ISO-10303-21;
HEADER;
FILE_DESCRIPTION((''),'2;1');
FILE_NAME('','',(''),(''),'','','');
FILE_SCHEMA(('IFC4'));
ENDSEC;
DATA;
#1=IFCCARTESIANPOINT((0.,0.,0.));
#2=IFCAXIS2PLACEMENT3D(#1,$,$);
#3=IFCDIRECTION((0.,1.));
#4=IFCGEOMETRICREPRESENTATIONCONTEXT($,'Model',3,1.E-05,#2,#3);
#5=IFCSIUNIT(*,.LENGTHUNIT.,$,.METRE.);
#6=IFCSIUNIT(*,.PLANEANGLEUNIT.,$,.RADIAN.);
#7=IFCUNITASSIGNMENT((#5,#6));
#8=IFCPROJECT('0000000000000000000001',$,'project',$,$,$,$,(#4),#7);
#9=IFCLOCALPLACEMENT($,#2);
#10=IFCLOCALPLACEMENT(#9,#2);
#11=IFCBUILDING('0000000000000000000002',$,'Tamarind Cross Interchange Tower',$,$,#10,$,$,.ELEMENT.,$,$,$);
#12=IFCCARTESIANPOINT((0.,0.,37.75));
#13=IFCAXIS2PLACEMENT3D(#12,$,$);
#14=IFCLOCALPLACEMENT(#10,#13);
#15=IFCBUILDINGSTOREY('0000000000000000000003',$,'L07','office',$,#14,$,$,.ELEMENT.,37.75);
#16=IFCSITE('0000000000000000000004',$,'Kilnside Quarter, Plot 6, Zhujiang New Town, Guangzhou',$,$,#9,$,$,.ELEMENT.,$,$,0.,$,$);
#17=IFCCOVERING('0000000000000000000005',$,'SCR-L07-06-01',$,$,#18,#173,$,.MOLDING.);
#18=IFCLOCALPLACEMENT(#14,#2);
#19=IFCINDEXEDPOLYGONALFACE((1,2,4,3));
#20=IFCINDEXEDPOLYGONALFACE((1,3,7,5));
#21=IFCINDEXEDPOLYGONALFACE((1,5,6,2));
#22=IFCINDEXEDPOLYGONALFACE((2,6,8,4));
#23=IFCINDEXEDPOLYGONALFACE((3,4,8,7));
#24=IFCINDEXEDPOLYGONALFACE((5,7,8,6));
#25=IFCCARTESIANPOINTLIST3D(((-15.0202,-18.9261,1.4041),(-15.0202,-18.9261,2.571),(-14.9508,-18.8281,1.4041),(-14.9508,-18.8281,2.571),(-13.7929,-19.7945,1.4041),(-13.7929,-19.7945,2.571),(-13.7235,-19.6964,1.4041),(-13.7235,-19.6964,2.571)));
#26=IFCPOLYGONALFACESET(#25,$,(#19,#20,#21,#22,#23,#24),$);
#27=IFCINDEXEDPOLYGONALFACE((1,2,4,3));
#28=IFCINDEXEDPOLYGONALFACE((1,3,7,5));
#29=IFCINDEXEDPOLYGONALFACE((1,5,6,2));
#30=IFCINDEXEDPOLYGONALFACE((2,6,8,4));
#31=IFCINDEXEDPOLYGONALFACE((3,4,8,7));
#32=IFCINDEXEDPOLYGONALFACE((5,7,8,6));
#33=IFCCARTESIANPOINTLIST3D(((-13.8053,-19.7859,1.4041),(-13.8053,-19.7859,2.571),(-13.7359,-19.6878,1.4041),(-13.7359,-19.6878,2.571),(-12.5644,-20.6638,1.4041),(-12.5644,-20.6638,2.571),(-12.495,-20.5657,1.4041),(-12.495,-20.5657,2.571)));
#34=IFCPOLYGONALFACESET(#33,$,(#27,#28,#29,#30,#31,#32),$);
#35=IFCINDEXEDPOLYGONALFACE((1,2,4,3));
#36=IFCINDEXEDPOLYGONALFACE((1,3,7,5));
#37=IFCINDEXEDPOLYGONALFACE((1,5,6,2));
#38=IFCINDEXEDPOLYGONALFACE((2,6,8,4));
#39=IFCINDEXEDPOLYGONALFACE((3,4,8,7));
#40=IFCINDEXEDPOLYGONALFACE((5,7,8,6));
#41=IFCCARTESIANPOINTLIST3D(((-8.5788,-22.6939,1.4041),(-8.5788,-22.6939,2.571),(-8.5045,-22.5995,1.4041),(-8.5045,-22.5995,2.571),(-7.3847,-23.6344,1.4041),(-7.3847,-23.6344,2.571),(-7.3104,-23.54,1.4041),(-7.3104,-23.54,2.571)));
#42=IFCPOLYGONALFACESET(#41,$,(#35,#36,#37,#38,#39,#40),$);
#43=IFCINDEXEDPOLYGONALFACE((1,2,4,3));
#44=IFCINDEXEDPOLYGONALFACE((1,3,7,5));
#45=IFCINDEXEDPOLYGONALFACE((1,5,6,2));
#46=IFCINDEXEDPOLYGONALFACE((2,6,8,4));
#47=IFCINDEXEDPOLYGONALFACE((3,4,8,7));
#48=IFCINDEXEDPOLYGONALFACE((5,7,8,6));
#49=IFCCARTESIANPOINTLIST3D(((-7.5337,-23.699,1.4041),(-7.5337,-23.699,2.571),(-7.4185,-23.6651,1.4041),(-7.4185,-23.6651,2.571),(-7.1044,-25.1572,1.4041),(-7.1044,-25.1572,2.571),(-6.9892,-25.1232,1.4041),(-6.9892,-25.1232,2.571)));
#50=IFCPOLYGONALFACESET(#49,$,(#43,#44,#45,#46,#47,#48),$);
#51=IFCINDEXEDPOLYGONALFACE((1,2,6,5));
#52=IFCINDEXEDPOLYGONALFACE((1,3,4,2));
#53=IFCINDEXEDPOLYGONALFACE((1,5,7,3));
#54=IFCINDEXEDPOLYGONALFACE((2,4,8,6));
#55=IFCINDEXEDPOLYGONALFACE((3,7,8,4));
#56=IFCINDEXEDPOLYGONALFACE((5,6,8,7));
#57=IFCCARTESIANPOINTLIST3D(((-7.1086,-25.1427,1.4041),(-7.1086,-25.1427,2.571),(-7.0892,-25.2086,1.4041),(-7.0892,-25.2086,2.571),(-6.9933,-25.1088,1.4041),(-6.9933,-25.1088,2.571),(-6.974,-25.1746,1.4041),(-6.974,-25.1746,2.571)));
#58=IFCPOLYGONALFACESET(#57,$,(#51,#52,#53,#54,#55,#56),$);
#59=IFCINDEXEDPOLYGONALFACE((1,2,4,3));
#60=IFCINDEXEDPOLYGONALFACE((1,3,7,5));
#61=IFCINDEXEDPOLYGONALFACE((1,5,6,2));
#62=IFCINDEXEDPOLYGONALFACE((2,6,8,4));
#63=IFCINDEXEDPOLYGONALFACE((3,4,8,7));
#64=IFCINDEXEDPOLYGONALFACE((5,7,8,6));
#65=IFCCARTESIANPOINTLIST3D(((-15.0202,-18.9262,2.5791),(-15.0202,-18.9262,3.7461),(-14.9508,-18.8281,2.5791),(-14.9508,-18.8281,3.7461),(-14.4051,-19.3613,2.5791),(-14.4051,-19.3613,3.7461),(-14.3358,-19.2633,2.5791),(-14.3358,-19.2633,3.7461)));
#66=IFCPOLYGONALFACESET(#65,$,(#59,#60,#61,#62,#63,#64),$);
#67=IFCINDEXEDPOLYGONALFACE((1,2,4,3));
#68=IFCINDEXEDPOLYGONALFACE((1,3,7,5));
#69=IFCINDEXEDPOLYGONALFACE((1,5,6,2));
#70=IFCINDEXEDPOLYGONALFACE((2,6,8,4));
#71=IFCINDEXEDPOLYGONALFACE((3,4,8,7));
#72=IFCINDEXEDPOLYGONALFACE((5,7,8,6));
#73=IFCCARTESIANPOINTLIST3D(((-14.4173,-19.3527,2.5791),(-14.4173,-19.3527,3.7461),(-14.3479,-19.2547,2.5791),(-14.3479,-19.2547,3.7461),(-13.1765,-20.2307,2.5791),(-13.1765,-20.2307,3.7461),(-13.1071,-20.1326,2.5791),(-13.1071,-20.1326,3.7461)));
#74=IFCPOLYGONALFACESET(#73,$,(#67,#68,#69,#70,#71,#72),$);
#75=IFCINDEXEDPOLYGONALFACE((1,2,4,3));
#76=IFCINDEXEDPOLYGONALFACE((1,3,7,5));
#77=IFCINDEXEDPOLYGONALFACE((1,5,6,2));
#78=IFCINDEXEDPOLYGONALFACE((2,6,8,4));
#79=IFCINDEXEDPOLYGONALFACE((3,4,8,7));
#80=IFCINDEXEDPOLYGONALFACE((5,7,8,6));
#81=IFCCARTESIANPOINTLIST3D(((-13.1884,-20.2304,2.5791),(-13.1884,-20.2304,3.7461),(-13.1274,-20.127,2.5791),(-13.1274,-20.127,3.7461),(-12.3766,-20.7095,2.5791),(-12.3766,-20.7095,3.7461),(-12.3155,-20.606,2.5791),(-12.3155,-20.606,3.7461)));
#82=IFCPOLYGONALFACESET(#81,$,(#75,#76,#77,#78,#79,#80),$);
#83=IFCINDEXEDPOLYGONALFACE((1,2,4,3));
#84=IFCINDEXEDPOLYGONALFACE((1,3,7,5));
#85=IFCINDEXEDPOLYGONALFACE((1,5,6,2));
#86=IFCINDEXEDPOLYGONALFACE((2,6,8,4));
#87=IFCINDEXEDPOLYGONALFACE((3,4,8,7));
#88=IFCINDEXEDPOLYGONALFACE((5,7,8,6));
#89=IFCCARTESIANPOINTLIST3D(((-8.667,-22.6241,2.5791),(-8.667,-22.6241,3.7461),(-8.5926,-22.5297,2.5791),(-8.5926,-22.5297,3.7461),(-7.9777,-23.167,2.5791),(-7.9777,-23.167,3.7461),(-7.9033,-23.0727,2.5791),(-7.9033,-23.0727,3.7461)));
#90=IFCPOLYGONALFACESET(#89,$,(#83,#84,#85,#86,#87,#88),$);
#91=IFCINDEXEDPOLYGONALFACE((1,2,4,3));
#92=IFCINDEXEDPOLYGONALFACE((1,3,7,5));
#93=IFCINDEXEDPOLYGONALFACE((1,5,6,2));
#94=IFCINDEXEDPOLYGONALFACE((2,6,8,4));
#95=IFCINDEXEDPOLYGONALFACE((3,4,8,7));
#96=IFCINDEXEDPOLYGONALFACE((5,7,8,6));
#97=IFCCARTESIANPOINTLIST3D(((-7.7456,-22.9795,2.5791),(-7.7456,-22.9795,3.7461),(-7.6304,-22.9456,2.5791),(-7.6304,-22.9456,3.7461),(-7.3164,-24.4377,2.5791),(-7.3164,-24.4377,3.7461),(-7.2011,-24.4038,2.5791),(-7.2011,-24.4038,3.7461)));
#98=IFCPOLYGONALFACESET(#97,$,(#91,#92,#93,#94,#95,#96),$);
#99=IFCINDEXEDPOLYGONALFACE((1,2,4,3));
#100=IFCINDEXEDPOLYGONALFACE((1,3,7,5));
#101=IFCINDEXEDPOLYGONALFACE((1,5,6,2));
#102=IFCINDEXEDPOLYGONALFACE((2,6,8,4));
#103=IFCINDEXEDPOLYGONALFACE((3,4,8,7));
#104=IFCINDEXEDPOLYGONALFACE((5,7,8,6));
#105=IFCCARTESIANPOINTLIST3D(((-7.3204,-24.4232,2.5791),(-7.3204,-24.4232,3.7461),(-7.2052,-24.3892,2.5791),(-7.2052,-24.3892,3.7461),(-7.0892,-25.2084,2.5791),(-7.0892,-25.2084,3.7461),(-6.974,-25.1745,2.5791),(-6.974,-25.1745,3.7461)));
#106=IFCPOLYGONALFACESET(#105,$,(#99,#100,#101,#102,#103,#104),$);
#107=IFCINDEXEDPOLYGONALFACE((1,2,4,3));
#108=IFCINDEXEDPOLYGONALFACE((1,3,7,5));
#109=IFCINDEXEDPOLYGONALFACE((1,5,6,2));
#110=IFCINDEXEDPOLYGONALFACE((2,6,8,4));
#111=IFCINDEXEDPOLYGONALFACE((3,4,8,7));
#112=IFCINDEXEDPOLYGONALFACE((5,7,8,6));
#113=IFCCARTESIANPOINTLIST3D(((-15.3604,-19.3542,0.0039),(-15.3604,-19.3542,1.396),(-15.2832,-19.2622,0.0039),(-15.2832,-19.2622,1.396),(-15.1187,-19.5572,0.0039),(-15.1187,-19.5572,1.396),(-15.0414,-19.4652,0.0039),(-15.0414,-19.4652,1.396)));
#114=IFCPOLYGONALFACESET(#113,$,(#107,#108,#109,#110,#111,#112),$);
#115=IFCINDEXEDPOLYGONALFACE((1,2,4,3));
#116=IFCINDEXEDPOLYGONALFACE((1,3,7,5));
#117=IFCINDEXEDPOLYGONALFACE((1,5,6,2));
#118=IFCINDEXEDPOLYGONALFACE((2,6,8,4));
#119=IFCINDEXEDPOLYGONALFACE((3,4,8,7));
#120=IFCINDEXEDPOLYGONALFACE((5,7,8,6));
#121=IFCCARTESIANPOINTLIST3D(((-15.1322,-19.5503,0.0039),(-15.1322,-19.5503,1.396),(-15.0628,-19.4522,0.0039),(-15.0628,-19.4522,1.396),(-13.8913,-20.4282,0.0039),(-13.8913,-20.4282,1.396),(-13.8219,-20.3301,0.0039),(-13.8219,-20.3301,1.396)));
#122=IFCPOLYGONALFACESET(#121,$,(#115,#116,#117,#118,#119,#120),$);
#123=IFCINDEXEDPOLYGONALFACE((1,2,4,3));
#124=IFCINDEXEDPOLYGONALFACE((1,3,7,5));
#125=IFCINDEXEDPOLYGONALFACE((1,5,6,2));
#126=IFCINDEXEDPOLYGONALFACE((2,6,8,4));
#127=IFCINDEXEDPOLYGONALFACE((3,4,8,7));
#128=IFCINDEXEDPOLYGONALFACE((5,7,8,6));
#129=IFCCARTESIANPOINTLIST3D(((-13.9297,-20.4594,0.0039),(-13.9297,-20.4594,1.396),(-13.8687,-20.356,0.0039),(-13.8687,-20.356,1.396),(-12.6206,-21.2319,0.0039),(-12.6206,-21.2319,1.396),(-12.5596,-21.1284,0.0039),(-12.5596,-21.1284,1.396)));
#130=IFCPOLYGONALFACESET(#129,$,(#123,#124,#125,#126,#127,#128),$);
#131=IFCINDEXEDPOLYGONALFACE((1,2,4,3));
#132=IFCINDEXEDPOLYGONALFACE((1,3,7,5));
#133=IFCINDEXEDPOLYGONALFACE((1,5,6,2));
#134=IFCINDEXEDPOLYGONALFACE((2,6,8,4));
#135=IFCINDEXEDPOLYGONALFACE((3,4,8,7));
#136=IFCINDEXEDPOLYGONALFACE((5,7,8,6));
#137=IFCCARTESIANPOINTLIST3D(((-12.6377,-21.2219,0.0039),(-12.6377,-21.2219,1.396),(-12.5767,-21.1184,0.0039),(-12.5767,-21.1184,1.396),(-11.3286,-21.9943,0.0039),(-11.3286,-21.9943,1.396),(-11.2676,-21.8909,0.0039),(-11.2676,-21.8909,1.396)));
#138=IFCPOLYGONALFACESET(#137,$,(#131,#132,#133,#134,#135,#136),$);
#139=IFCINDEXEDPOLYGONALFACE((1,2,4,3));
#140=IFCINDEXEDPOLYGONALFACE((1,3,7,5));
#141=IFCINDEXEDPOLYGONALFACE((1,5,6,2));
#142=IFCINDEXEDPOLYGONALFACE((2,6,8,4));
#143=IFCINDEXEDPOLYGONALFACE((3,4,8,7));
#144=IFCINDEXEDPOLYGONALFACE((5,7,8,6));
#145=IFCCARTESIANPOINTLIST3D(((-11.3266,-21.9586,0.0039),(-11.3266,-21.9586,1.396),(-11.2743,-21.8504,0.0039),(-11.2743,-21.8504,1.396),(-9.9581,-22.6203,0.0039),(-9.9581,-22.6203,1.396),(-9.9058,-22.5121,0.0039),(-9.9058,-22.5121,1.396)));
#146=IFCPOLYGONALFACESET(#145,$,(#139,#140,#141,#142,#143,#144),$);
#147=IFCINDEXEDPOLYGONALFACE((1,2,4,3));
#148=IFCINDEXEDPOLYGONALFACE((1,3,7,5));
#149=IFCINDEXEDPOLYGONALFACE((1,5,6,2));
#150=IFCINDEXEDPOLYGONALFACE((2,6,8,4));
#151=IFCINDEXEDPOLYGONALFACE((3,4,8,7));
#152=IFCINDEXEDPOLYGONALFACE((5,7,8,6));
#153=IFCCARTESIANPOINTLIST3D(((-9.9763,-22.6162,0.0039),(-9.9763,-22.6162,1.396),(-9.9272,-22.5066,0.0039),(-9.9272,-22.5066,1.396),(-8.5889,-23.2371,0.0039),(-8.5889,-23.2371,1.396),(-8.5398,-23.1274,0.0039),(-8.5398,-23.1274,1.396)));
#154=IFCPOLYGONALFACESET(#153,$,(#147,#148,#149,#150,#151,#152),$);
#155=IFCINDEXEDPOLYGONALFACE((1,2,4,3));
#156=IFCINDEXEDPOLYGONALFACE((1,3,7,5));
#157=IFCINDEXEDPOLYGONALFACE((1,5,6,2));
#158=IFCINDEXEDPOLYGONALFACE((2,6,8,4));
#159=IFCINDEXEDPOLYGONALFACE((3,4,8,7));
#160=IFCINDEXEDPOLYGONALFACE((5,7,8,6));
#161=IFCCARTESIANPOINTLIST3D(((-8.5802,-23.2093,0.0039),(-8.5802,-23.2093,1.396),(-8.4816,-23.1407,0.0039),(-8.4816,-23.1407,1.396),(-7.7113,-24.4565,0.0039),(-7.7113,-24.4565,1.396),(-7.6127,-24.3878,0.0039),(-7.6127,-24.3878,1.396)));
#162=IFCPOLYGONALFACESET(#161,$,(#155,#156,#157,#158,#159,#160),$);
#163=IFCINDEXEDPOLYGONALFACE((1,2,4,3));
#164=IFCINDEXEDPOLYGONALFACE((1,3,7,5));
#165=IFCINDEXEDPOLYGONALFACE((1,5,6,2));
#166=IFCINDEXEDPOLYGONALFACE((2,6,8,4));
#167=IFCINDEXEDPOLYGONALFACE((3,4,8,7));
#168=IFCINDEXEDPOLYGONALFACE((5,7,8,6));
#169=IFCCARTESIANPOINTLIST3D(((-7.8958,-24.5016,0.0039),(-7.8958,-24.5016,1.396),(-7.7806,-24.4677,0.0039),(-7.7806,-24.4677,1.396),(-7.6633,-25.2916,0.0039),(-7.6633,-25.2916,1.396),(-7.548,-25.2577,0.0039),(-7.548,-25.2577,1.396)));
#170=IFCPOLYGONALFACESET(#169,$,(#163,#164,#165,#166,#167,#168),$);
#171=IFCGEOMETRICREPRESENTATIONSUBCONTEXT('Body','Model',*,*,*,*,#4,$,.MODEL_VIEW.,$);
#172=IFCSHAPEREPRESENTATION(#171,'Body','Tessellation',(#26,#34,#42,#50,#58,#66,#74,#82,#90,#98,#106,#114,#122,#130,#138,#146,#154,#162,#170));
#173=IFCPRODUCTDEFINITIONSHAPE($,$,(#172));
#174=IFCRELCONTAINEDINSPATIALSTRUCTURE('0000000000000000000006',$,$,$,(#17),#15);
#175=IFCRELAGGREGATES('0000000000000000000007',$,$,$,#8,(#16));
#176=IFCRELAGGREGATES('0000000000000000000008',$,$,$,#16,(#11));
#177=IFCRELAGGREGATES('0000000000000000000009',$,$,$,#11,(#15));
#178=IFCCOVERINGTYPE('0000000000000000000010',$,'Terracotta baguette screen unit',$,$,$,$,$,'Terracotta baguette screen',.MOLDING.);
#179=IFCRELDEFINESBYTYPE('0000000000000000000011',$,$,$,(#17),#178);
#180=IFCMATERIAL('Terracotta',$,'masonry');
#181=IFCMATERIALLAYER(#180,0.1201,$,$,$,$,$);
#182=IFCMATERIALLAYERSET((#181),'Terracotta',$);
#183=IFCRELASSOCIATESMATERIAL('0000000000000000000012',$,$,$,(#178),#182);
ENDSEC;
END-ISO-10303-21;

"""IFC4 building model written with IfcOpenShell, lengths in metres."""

from ifc_helpers import new_model, si_unit, direction, frame, origin, origin_2d, place, context, subcontext, project, spatial, rectangle, extrude, material, layer, layer_set, type_object, element, save


model = new_model("IFC4")

# Units and contexts
model_context = context("Model", 3, precision=1e-05, world=origin(), true_north=direction((0.0, 1.0)))
body_context = subcontext(model_context, "Body", "Model", "MODEL_VIEW")
ifc_project = project(units=[si_unit("LENGTHUNIT", "METRE"), si_unit("PLANEANGLEUNIT", "RADIAN")], contexts=[model_context])

# Site, building, storey
site_placement = place(None, origin())
site = spatial("IfcSite", under=ifc_project, at=site_placement, Name="Kilnside Quarter, Plot 6, Zhujiang New Town, Guangzhou", CompositionType="ELEMENT", RefElevation=0.0)
building_placement = place(site_placement, origin())
building = spatial("IfcBuilding", under=site, at=building_placement, Name="Tamarind Cross Interchange Tower", CompositionType="ELEMENT")
storey_placement = place(building_placement, frame((0.0, 0.0, 37.75)))
storey = spatial("IfcBuildingStorey", under=building, at=storey_placement, Name="L07", Description="office", CompositionType="ELEMENT", Elevation=37.75)

# Covering
ifc_material_1 = material(Name="Terracotta", Category="masonry")
ifc_layer_1 = layer(ifc_material_1, 0.1201)
ifc_layer_set_1 = layer_set([ifc_layer_1], Name="Terracotta")
covering_type = type_object("IfcCoveringType", Name="Terracotta baguette screen unit", ElementType="Terracotta baguette screen", PredefinedType="MOLDING", material=ifc_layer_set_1)
covering_1_placement = place(storey_placement, origin())
element("IfcCovering", 1, at=covering_1_placement, inside=storey, type_object=covering_type, Name="SCR-L07-06-01", PredefinedType="MOLDING", context=body_context, shape_type="SweptSolid", body=[
    extrude(rectangle(XDim=1.5034, YDim=0.1201, at=origin_2d()), frame((-14.3718, -19.3113, 1.4041), z_axis=(0.0, 0.0, 1.0), x_axis=(0.816342, -0.577569, 0.0)), (0.0, 0.0, 1.0), 1.167),
    extrude(rectangle(XDim=1.52, YDim=0.1201, at=origin_2d()), frame((-13.1501, -20.1758, 1.4041), z_axis=(0.0, 0.0, 1.0), x_axis=(0.816342, -0.577569, 0.0)), (0.0, 0.0, 1.0), 1.167),
    extrude(rectangle(XDim=1.52, YDim=0.1201, at=origin_2d()), frame((-7.9446, -23.1169, 1.4041), z_axis=(0.0, 0.0, 1.0), x_axis=(0.78558, -0.61876, 0.0)), (0.0, 0.0, 1.0), 1.167),
    extrude(rectangle(XDim=1.52, YDim=0.1201, at=origin_2d()), frame((-7.2615, -24.4111, 1.4041), z_axis=(0.0, 0.0, 1.0), x_axis=(0.282423, -0.95929, 0.0)), (0.0, 0.0, 1.0), 1.167),
    extrude(rectangle(XDim=0.0686, YDim=0.1201, at=origin_2d()), frame((-7.0413, -25.1587, 1.4041), z_axis=(0.0, 0.0, 1.0), x_axis=(0.282423, -0.95929, 0.0)), (0.0, 0.0, 1.0), 1.167),
    extrude(rectangle(XDim=0.7534, YDim=0.1201, at=origin_2d()), frame((-14.678, -19.0947, 2.5791), z_axis=(0.0, 0.0, 1.0), x_axis=(0.816342, -0.577569, 0.0)), (0.0, 0.0, 1.0), 1.167),
    extrude(rectangle(XDim=1.52, YDim=0.1201, at=origin_2d()), frame((-13.7622, -19.7427, 2.5791), z_axis=(0.0, 0.0, 1.0), x_axis=(0.816342, -0.577569, 0.0)), (0.0, 0.0, 1.0), 1.167),
    extrude(rectangle(XDim=0.9426, YDim=0.1201, at=origin_2d()), frame((-12.752, -20.4182, 2.5791), z_axis=(0.0, 0.0, 1.0), x_axis=(0.861249, -0.508183, 0.0)), (0.0, 0.0, 1.0), 1.167),
    extrude(rectangle(XDim=0.8774, YDim=0.1201, at=origin_2d()), frame((-8.2852, -22.8484, 2.5791), z_axis=(0.0, 0.0, 1.0), x_axis=(0.78558, -0.61876, 0.0)), (0.0, 0.0, 1.0), 1.167),
    extrude(rectangle(XDim=1.52, YDim=0.1201, at=origin_2d()), frame((-7.4734, -23.6917, 2.5791), z_axis=(0.0, 0.0, 1.0), x_axis=(0.282423, -0.95929, 0.0)), (0.0, 0.0, 1.0), 1.167),
    extrude(rectangle(XDim=0.8186, YDim=0.1201, at=origin_2d()), frame((-7.1472, -24.7988, 2.5791), z_axis=(0.0, 0.0, 1.0), x_axis=(0.282423, -0.95929, 0.0)), (0.0, 0.0, 1.0), 1.167),
    extrude(rectangle(XDim=0.3157, YDim=0.1201, at=origin_2d()), frame((-15.2009, -19.4097, 0.0039), z_axis=(0.0, 0.0, 1.0), x_axis=(0.765858, -0.643009, 0.0)), (0.0, 0.0, 1.0), 1.3921),
    extrude(rectangle(XDim=1.52, YDim=0.1201, at=origin_2d()), frame((-14.4771, -19.9402, 0.0039), z_axis=(0.0, 0.0, 1.0), x_axis=(0.816342, -0.577569, 0.0)), (0.0, 0.0, 1.0), 1.3921),
    extrude(rectangle(XDim=1.52, YDim=0.1201, at=origin_2d()), frame((-13.2446, -20.7939, 0.0039), z_axis=(0.0, 0.0, 1.0), x_axis=(0.861249, -0.508183, 0.0)), (0.0, 0.0, 1.0), 1.3921),
    extrude(rectangle(XDim=1.52, YDim=0.1201, at=origin_2d()), frame((-11.9526, -21.5564, 0.0039), z_axis=(0.0, 0.0, 1.0), x_axis=(0.861249, -0.508183, 0.0)), (0.0, 0.0, 1.0), 1.3921),
    extrude(rectangle(XDim=1.52, YDim=0.1201, at=origin_2d()), frame((-10.6162, -22.2354, 0.0039), z_axis=(0.0, 0.0, 1.0), x_axis=(0.900273, -0.435326, 0.0)), (0.0, 0.0, 1.0), 1.3921),
    extrude(rectangle(XDim=1.52, YDim=0.1201, at=origin_2d()), frame((-9.2581, -22.8718, 0.0039), z_axis=(0.0, 0.0, 1.0), x_axis=(0.912774, -0.408466, 0.0)), (0.0, 0.0, 1.0), 1.3921),
    extrude(rectangle(XDim=1.52, YDim=0.1201, at=origin_2d()), frame((-8.0964, -23.7986, 0.0039), z_axis=(0.0, 0.0, 1.0), x_axis=(0.571638, -0.820506, 0.0)), (0.0, 0.0, 1.0), 1.3921),
    extrude(rectangle(XDim=0.8235, YDim=0.1201, at=origin_2d()), frame((-7.7219, -24.8796, 0.0039), z_axis=(0.0, 0.0, 1.0), x_axis=(0.282423, -0.95929, 0.0)), (0.0, 0.0, 1.0), 1.3921),
])

save(model, "model.ifc")
